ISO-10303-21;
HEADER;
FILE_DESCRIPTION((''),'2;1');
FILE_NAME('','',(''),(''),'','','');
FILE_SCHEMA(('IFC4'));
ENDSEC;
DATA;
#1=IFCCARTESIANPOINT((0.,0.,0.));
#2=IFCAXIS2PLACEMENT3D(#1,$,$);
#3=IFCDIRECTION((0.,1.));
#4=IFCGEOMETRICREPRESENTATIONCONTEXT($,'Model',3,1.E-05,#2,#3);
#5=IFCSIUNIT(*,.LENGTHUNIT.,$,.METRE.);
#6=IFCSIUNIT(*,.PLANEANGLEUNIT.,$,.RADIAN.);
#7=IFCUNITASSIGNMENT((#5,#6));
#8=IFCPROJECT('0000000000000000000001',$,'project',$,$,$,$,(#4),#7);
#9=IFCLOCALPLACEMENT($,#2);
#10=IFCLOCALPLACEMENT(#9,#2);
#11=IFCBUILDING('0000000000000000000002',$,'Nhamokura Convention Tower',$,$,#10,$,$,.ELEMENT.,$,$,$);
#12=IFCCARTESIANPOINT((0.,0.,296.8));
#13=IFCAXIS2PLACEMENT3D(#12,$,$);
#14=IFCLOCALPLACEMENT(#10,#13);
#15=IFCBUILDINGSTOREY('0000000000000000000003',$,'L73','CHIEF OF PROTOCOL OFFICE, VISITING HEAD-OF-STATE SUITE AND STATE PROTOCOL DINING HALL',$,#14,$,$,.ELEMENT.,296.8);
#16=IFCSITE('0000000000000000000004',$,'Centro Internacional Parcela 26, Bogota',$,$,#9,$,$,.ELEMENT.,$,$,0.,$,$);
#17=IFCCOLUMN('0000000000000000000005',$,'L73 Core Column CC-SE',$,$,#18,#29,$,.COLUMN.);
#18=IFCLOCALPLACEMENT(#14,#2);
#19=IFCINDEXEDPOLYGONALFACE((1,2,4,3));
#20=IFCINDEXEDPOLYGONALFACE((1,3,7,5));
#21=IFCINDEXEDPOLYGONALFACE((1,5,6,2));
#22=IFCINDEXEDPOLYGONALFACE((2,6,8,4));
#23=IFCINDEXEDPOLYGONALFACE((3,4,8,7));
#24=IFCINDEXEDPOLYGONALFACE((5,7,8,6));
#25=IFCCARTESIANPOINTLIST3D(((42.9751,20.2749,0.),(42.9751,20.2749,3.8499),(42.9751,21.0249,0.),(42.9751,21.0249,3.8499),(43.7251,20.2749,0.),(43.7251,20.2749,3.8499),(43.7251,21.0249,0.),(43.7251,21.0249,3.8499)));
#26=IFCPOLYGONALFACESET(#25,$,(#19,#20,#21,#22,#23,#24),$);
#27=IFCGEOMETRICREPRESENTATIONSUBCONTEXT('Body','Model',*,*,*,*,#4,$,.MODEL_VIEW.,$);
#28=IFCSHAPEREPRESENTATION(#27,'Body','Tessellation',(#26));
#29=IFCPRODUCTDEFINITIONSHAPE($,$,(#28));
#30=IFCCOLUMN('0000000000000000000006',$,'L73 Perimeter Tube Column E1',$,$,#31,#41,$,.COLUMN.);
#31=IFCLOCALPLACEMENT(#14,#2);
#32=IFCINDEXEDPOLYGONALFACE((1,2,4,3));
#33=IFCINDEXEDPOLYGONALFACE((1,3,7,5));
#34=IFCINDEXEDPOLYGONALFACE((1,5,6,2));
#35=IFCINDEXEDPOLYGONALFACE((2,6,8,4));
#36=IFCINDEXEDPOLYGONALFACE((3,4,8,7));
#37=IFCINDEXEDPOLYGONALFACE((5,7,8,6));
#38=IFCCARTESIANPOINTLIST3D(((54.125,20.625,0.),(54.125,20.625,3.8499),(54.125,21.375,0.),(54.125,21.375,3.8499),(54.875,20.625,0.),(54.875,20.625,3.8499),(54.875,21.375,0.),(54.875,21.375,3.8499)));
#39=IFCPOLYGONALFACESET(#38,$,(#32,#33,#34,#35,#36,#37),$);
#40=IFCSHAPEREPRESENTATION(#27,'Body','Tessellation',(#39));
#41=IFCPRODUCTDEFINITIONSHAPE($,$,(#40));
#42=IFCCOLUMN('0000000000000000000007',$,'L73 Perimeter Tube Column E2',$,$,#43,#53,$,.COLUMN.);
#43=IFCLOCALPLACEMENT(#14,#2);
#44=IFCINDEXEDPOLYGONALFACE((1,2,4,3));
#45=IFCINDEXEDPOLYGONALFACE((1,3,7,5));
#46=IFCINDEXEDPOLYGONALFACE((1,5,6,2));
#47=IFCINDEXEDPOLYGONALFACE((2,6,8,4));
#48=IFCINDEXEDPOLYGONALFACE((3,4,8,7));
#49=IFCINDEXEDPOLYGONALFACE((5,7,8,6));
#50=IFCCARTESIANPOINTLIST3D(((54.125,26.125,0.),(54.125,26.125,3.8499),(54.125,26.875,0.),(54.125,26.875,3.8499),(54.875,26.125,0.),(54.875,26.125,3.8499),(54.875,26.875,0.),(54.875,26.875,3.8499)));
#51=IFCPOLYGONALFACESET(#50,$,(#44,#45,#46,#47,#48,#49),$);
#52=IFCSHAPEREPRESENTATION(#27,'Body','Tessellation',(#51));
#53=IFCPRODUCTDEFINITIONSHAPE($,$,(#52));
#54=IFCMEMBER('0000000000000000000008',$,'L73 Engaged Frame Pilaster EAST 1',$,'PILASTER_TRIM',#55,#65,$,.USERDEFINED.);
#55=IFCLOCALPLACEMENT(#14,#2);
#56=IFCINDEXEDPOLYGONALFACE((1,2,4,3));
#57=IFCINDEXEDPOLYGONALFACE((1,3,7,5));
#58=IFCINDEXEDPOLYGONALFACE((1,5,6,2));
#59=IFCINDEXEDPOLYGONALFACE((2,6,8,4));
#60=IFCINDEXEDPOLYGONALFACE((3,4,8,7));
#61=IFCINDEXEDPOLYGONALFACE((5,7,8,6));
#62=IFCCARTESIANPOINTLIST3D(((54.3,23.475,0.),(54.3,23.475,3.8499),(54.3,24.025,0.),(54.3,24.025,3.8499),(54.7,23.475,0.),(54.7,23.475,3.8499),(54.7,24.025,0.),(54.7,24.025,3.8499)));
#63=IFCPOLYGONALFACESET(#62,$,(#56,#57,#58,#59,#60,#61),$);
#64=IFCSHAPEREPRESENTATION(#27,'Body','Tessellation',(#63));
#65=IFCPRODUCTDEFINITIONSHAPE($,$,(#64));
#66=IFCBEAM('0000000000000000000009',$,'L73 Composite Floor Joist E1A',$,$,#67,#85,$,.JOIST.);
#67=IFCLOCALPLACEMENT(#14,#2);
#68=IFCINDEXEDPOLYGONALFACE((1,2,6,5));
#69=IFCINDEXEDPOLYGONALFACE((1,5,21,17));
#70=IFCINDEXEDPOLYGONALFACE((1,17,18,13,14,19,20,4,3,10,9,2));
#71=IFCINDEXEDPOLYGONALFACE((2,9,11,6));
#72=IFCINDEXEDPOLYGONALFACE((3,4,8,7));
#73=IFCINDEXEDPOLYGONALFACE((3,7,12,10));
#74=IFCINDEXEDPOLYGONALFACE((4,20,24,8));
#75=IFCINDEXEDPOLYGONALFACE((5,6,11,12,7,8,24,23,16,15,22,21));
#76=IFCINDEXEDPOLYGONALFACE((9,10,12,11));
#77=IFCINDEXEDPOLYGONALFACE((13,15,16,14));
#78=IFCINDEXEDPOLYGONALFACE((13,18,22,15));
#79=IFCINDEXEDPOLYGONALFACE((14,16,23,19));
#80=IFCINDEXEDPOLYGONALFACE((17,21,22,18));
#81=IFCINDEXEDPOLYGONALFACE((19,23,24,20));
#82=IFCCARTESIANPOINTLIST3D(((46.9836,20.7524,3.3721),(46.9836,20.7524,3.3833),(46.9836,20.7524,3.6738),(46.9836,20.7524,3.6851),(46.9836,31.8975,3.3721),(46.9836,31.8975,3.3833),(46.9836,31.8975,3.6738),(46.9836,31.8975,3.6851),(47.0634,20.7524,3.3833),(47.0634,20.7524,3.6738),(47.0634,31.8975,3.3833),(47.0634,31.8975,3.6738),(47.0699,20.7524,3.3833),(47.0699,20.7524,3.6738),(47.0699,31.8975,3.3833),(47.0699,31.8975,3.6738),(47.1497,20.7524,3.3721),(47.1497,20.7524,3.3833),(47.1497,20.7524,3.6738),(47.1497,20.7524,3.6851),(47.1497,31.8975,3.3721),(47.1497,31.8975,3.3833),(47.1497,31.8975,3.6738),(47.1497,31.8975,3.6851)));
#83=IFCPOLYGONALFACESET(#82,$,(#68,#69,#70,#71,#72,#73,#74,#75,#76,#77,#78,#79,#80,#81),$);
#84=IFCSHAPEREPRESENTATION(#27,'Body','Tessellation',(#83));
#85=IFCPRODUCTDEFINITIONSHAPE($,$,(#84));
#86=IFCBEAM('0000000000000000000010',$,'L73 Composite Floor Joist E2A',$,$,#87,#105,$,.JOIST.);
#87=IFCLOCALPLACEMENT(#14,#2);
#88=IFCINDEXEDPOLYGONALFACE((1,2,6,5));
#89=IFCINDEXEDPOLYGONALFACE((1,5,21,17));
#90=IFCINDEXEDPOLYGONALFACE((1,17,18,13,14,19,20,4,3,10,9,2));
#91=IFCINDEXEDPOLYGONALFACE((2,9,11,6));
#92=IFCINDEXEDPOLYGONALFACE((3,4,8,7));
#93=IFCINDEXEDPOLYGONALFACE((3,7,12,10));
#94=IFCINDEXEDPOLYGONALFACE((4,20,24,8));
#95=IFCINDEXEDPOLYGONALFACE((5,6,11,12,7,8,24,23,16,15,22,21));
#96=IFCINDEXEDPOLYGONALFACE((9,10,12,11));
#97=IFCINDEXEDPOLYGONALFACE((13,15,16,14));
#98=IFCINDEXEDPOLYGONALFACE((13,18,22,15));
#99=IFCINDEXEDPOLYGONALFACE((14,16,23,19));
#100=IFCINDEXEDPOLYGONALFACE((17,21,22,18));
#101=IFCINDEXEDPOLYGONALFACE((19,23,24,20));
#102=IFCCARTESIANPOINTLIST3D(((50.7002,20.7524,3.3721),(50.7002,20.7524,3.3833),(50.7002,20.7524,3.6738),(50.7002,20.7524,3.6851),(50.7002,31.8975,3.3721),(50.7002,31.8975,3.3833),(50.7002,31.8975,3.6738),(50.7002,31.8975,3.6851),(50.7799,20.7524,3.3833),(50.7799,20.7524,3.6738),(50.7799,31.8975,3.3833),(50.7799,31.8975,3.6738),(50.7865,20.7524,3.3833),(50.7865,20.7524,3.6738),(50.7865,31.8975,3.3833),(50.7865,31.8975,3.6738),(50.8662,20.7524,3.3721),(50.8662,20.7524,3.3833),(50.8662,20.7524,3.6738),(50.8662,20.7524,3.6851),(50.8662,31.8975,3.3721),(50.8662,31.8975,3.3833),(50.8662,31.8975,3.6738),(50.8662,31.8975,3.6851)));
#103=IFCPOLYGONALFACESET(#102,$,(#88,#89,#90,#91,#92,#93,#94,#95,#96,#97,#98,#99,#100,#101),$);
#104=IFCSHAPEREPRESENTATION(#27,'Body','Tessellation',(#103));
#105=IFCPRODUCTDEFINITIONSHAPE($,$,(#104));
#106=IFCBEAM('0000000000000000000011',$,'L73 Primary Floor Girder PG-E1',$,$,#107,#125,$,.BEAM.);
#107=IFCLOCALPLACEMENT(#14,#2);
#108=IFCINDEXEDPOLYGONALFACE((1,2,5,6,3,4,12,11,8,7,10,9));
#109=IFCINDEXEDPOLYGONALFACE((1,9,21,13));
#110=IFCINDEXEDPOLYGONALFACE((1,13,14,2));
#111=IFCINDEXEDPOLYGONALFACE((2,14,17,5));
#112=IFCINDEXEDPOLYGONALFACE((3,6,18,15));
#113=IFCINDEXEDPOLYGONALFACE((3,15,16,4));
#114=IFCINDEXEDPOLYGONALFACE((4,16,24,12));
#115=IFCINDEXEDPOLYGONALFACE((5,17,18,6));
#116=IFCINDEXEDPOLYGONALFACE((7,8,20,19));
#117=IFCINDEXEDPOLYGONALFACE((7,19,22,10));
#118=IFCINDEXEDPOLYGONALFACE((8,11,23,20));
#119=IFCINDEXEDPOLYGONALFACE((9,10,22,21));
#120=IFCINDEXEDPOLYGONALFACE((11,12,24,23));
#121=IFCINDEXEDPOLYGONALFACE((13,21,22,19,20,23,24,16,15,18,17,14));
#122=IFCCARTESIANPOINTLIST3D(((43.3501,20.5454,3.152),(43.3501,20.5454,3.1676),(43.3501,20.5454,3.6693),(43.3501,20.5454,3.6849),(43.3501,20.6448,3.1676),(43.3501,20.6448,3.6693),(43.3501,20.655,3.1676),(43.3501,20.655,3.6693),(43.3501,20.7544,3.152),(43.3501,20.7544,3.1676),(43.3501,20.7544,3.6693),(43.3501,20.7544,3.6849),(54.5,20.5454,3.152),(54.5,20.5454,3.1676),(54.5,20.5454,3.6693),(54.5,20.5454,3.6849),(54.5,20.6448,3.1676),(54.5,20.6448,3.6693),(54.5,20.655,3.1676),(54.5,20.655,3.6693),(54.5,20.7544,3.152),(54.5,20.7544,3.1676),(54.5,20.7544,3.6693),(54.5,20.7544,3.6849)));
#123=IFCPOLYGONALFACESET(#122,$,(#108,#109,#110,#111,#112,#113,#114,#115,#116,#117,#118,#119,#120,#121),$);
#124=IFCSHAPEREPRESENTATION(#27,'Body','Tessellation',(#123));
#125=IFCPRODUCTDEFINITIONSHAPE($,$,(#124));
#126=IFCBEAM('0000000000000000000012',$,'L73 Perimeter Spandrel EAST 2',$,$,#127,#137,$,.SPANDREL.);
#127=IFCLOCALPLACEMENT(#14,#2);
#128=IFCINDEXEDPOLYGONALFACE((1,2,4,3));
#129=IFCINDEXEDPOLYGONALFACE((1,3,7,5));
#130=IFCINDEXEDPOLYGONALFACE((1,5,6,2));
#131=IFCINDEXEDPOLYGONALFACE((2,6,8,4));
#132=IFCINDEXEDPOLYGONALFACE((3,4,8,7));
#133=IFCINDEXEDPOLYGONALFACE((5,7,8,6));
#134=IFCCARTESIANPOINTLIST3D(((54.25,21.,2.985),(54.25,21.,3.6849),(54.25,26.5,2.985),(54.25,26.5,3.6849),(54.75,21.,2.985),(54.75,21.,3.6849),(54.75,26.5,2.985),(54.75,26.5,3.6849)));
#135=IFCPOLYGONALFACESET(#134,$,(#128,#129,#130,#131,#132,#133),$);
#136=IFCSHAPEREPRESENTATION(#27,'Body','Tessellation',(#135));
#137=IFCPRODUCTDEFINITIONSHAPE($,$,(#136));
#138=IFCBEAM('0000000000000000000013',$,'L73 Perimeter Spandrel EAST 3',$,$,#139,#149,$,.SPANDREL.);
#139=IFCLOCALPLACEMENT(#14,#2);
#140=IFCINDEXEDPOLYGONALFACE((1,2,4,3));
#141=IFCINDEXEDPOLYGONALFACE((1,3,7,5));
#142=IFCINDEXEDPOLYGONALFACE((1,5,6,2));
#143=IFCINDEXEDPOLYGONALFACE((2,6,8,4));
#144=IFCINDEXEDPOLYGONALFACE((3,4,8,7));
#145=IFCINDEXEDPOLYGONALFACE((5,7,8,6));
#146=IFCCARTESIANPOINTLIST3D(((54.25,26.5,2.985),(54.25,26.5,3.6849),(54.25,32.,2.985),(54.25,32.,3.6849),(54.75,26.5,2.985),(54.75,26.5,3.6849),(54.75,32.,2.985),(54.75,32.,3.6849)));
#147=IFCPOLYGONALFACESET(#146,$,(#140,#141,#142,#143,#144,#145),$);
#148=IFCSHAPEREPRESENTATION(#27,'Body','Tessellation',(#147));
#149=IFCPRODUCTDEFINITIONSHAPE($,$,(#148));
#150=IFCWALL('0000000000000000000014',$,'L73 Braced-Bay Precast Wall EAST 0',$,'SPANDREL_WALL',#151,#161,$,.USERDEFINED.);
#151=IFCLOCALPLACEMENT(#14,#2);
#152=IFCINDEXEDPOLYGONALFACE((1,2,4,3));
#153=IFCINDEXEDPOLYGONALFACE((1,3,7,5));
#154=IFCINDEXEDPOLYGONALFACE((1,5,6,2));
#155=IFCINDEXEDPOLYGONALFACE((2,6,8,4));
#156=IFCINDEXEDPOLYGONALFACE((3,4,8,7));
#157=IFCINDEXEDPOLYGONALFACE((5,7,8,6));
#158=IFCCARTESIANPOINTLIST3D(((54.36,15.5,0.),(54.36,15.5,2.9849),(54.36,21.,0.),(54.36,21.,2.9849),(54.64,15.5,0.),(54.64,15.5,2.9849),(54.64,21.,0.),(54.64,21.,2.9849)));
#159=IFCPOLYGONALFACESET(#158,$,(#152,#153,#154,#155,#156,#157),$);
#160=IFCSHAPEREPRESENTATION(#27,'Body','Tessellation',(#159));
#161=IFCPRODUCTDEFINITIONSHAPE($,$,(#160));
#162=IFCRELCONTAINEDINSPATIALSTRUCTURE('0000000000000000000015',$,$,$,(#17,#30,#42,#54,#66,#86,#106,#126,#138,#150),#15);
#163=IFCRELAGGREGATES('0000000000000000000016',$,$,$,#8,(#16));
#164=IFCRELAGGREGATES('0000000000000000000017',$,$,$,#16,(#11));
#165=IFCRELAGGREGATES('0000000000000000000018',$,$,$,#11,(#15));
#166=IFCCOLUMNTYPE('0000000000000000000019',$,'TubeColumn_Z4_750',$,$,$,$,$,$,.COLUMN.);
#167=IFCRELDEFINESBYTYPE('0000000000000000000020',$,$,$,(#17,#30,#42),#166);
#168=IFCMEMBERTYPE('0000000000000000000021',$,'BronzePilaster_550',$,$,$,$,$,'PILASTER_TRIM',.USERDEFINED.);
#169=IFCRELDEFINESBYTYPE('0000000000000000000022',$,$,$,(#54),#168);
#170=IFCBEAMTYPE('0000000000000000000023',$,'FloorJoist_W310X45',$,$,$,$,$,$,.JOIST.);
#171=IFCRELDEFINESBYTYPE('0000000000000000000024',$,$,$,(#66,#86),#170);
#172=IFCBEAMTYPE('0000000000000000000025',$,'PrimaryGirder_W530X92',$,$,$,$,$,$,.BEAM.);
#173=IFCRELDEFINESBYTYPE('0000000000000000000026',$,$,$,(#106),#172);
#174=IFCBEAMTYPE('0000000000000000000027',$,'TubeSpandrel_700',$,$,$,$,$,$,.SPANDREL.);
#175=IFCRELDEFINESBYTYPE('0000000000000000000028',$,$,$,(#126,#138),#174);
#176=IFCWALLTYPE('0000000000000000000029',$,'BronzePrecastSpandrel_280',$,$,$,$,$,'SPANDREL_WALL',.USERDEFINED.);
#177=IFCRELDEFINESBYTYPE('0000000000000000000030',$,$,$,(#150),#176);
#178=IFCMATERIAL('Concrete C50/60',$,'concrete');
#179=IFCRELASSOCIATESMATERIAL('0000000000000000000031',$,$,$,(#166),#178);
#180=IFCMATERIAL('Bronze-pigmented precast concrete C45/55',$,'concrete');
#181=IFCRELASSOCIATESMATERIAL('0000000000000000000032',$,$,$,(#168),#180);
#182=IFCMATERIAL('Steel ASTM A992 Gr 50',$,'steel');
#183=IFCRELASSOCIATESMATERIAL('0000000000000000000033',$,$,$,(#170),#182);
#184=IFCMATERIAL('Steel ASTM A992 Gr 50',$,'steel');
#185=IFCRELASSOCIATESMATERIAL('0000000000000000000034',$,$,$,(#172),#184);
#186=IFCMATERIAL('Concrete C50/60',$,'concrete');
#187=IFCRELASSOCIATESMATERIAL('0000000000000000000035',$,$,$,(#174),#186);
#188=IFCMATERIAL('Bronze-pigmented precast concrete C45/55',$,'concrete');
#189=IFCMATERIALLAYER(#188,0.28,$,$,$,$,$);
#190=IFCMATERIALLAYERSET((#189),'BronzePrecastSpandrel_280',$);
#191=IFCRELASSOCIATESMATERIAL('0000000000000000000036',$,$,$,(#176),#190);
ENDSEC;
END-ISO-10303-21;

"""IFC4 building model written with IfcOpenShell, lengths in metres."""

from ifc_helpers import new_model, si_unit, direction, frame, frame_2d, origin, origin_2d, place, context, subcontext, project, spatial, rectangle, i_section, extrude, material, layer, layer_set, material_profile, profile_set, type_object, element, save


model = new_model("IFC4")

# Units and contexts
model_context = context("Model", 3, precision=1e-05, world=origin(), true_north=direction((0.0, 1.0)))
body_context = subcontext(model_context, "Body", "Model", "MODEL_VIEW")
ifc_project = project(units=[si_unit("LENGTHUNIT", "METRE"), si_unit("PLANEANGLEUNIT", "RADIAN")], contexts=[model_context])

# Site, building, storey
site_placement = place(None, origin())
site = spatial("IfcSite", under=ifc_project, at=site_placement, Name="Centro Internacional Parcela 26, Bogota", CompositionType="ELEMENT", RefElevation=0.0)
building_placement = place(site_placement, origin())
building = spatial("IfcBuilding", under=site, at=building_placement, Name="Nhamokura Convention Tower", CompositionType="ELEMENT")
storey_placement = place(building_placement, frame((0.0, 0.0, 296.8)))
storey = spatial("IfcBuildingStorey", under=building, at=storey_placement, Name="L73", Description="CHIEF OF PROTOCOL OFFICE, VISITING HEAD-OF-STATE SUITE AND STATE PROTOCOL DINING HALL", CompositionType="ELEMENT", Elevation=296.8)

# Columns
ifc_material_1 = material(Name="Concrete C50/60", Category="concrete")
ifc_material_profile_1 = material_profile(ifc_material_1, rectangle(XDim=0.75, YDim=0.75, at=origin_2d()))
ifc_profile_set_1 = profile_set([ifc_material_profile_1], Name="Concrete C50/60")
column_type = type_object("IfcColumnType", Name="TubeColumn_Z4_750", PredefinedType="COLUMN", material=ifc_profile_set_1)
for number, where, z_axis, x_axis, name in (
    (1, (43.3501, 20.6499, 0.0), (0.0, 0.0, 1.0), (1.0, 0.0, 0.0), "L73 Core Column CC-SE"),
    (2, (54.5, 21.0, 0.0), (0.0, 0.0, 1.0), (1.0, 0.0, 0.0), "L73 Perimeter Tube Column E1"),
    (3, (54.5, 26.5, 0.0), (0.0, 0.0, 1.0), (1.0, 0.0, 0.0), "L73 Perimeter Tube Column E2"),
):
    element("IfcColumn", number, at=place(storey_placement, frame(where, z_axis=z_axis, x_axis=x_axis)), inside=storey, type_object=column_type, Name=name, PredefinedType="COLUMN", context=body_context, shape_type="SweptSolid", body=[
        extrude(rectangle(XDim=0.75, YDim=0.75, at=origin_2d()), origin(), (0.0, 0.0, 1.0), 3.8499),
    ])

# Member
ifc_material_2 = material(Name="Bronze-pigmented precast concrete C45/55", Category="concrete")
ifc_material_profile_2 = material_profile(ifc_material_2, rectangle(XDim=0.3999, YDim=0.55, at=origin_2d()))
ifc_profile_set_2 = profile_set([ifc_material_profile_2], Name="Bronze-pigmented precast concrete C45/55")
member_type = type_object("IfcMemberType", Name="BronzePilaster_550", ElementType="PILASTER_TRIM", PredefinedType="USERDEFINED", material=ifc_profile_set_2)
member_placement = place(storey_placement, frame((54.5, 23.75, 0.0), z_axis=(0.0, 0.0, 1.0), x_axis=(1.0, 0.0, 0.0)))
element("IfcMember", 4, at=member_placement, inside=storey, type_object=member_type, Name="L73 Engaged Frame Pilaster EAST 1", ObjectType="PILASTER_TRIM", PredefinedType="USERDEFINED", context=body_context, shape_type="SweptSolid", body=[
    extrude(rectangle(XDim=0.3999, YDim=0.55, at=origin_2d()), origin(), (0.0, 0.0, 1.0), 3.8499),
])

# Beams
ifc_material_3 = material(Name="Steel ASTM A992 Gr 50", Category="steel")
ifc_material_profile_3 = material_profile(ifc_material_3, i_section(OverallWidth=0.166, OverallDepth=0.313, WebThickness=0.0066, FlangeThickness=0.0112, at=origin_2d()))
ifc_profile_set_3 = profile_set([ifc_material_profile_3], Name="Steel ASTM A992 Gr 50")
beam_type_1 = type_object("IfcBeamType", Name="FloorJoist_W310X45", PredefinedType="JOIST", material=ifc_profile_set_3)
for number, where, z_axis, x_axis, name in (
    (5, (47.0667, 20.7524, 3.5286), (0.0, 1.0, 0.0), (-1.0, 0.0, 0.0), "L73 Composite Floor Joist E1A"),
    (6, (50.7832, 20.7524, 3.5286), (0.0, 1.0, 0.0), (-1.0, 0.0, 0.0), "L73 Composite Floor Joist E2A"),
):
    element("IfcBeam", number, at=place(storey_placement, frame(where, z_axis=z_axis, x_axis=x_axis)), inside=storey, type_object=beam_type_1, Name=name, PredefinedType="JOIST", context=body_context, shape_type="SweptSolid", body=[
        extrude(i_section(OverallWidth=0.166, OverallDepth=0.313, WebThickness=0.0066, FlangeThickness=0.0112, at=origin_2d()), origin(), (0.0, 0.0, 1.0), 11.145),
    ])
ifc_material_4 = material(Name="Steel ASTM A992 Gr 50", Category="steel")
ifc_material_profile_4 = material_profile(ifc_material_4, i_section(OverallWidth=0.209, OverallDepth=0.533, WebThickness=0.0103, FlangeThickness=0.0156, at=origin_2d()))
ifc_profile_set_4 = profile_set([ifc_material_profile_4], Name="Steel ASTM A992 Gr 50")
beam_type_2 = type_object("IfcBeamType", Name="PrimaryGirder_W530X92", PredefinedType="BEAM", material=ifc_profile_set_4)
beam_placement = place(storey_placement, frame((43.3501, 20.6499, 3.4185), z_axis=(1.0, 0.0, 0.0), x_axis=(0.0, 1.0, 0.0)))
element("IfcBeam", 7, at=beam_placement, inside=storey, type_object=beam_type_2, Name="L73 Primary Floor Girder PG-E1", PredefinedType="BEAM", context=body_context, shape_type="SweptSolid", body=[
    extrude(i_section(OverallWidth=0.209, OverallDepth=0.533, WebThickness=0.0103, FlangeThickness=0.0156, at=origin_2d()), origin(), (0.0, 0.0, 1.0), 11.1499),
])
ifc_material_5 = material(Name="Concrete C50/60", Category="concrete")
ifc_material_profile_5 = material_profile(ifc_material_5, rectangle(XDim=0.5, YDim=0.7, at=origin_2d()))
ifc_profile_set_5 = profile_set([ifc_material_profile_5], Name="Concrete C50/60")
beam_type_3 = type_object("IfcBeamType", Name="TubeSpandrel_700", PredefinedType="SPANDREL", material=ifc_profile_set_5)
for number, where, z_axis, x_axis, name in (
    (8, (54.5, 21.0, 3.335), (0.0, 1.0, 0.0), (-1.0, 0.0, 0.0), "L73 Perimeter Spandrel EAST 2"),
    (9, (54.5, 26.5, 3.335), (0.0, 1.0, 0.0), (-1.0, 0.0, 0.0), "L73 Perimeter Spandrel EAST 3"),
):
    element("IfcBeam", number, at=place(storey_placement, frame(where, z_axis=z_axis, x_axis=x_axis)), inside=storey, type_object=beam_type_3, Name=name, PredefinedType="SPANDREL", context=body_context, shape_type="SweptSolid", body=[
        extrude(rectangle(XDim=0.5, YDim=0.7, at=origin_2d()), origin(), (0.0, 0.0, 1.0), 5.5),
    ])

# Wall
ifc_material_6 = material(Name="Bronze-pigmented precast concrete C45/55", Category="concrete")
ifc_layer_1 = layer(ifc_material_6, 0.28)
ifc_layer_set_1 = layer_set([ifc_layer_1], Name="BronzePrecastSpandrel_280")
wall_type_1 = type_object("IfcWallType", Name="BronzePrecastSpandrel_280", ElementType="SPANDREL_WALL", PredefinedType="USERDEFINED", material=ifc_layer_set_1)
wall_1_placement = place(storey_placement, frame((54.5, 21.0, 0.0), z_axis=(0.0, 0.0, 1.0), x_axis=(0.0, -1.0, 0.0)))
element("IfcWall", 10, at=wall_1_placement, inside=storey, type_object=wall_type_1, Name="L73 Braced-Bay Precast Wall EAST 0", ObjectType="SPANDREL_WALL", PredefinedType="USERDEFINED", context=body_context, shape_type="SweptSolid", body=[
    extrude(rectangle(XDim=5.5, YDim=0.28, at=frame_2d((2.75, 0.0))), origin(), (0.0, 0.0, 1.0), 2.9849),
])

save(model, "model.ifc")
